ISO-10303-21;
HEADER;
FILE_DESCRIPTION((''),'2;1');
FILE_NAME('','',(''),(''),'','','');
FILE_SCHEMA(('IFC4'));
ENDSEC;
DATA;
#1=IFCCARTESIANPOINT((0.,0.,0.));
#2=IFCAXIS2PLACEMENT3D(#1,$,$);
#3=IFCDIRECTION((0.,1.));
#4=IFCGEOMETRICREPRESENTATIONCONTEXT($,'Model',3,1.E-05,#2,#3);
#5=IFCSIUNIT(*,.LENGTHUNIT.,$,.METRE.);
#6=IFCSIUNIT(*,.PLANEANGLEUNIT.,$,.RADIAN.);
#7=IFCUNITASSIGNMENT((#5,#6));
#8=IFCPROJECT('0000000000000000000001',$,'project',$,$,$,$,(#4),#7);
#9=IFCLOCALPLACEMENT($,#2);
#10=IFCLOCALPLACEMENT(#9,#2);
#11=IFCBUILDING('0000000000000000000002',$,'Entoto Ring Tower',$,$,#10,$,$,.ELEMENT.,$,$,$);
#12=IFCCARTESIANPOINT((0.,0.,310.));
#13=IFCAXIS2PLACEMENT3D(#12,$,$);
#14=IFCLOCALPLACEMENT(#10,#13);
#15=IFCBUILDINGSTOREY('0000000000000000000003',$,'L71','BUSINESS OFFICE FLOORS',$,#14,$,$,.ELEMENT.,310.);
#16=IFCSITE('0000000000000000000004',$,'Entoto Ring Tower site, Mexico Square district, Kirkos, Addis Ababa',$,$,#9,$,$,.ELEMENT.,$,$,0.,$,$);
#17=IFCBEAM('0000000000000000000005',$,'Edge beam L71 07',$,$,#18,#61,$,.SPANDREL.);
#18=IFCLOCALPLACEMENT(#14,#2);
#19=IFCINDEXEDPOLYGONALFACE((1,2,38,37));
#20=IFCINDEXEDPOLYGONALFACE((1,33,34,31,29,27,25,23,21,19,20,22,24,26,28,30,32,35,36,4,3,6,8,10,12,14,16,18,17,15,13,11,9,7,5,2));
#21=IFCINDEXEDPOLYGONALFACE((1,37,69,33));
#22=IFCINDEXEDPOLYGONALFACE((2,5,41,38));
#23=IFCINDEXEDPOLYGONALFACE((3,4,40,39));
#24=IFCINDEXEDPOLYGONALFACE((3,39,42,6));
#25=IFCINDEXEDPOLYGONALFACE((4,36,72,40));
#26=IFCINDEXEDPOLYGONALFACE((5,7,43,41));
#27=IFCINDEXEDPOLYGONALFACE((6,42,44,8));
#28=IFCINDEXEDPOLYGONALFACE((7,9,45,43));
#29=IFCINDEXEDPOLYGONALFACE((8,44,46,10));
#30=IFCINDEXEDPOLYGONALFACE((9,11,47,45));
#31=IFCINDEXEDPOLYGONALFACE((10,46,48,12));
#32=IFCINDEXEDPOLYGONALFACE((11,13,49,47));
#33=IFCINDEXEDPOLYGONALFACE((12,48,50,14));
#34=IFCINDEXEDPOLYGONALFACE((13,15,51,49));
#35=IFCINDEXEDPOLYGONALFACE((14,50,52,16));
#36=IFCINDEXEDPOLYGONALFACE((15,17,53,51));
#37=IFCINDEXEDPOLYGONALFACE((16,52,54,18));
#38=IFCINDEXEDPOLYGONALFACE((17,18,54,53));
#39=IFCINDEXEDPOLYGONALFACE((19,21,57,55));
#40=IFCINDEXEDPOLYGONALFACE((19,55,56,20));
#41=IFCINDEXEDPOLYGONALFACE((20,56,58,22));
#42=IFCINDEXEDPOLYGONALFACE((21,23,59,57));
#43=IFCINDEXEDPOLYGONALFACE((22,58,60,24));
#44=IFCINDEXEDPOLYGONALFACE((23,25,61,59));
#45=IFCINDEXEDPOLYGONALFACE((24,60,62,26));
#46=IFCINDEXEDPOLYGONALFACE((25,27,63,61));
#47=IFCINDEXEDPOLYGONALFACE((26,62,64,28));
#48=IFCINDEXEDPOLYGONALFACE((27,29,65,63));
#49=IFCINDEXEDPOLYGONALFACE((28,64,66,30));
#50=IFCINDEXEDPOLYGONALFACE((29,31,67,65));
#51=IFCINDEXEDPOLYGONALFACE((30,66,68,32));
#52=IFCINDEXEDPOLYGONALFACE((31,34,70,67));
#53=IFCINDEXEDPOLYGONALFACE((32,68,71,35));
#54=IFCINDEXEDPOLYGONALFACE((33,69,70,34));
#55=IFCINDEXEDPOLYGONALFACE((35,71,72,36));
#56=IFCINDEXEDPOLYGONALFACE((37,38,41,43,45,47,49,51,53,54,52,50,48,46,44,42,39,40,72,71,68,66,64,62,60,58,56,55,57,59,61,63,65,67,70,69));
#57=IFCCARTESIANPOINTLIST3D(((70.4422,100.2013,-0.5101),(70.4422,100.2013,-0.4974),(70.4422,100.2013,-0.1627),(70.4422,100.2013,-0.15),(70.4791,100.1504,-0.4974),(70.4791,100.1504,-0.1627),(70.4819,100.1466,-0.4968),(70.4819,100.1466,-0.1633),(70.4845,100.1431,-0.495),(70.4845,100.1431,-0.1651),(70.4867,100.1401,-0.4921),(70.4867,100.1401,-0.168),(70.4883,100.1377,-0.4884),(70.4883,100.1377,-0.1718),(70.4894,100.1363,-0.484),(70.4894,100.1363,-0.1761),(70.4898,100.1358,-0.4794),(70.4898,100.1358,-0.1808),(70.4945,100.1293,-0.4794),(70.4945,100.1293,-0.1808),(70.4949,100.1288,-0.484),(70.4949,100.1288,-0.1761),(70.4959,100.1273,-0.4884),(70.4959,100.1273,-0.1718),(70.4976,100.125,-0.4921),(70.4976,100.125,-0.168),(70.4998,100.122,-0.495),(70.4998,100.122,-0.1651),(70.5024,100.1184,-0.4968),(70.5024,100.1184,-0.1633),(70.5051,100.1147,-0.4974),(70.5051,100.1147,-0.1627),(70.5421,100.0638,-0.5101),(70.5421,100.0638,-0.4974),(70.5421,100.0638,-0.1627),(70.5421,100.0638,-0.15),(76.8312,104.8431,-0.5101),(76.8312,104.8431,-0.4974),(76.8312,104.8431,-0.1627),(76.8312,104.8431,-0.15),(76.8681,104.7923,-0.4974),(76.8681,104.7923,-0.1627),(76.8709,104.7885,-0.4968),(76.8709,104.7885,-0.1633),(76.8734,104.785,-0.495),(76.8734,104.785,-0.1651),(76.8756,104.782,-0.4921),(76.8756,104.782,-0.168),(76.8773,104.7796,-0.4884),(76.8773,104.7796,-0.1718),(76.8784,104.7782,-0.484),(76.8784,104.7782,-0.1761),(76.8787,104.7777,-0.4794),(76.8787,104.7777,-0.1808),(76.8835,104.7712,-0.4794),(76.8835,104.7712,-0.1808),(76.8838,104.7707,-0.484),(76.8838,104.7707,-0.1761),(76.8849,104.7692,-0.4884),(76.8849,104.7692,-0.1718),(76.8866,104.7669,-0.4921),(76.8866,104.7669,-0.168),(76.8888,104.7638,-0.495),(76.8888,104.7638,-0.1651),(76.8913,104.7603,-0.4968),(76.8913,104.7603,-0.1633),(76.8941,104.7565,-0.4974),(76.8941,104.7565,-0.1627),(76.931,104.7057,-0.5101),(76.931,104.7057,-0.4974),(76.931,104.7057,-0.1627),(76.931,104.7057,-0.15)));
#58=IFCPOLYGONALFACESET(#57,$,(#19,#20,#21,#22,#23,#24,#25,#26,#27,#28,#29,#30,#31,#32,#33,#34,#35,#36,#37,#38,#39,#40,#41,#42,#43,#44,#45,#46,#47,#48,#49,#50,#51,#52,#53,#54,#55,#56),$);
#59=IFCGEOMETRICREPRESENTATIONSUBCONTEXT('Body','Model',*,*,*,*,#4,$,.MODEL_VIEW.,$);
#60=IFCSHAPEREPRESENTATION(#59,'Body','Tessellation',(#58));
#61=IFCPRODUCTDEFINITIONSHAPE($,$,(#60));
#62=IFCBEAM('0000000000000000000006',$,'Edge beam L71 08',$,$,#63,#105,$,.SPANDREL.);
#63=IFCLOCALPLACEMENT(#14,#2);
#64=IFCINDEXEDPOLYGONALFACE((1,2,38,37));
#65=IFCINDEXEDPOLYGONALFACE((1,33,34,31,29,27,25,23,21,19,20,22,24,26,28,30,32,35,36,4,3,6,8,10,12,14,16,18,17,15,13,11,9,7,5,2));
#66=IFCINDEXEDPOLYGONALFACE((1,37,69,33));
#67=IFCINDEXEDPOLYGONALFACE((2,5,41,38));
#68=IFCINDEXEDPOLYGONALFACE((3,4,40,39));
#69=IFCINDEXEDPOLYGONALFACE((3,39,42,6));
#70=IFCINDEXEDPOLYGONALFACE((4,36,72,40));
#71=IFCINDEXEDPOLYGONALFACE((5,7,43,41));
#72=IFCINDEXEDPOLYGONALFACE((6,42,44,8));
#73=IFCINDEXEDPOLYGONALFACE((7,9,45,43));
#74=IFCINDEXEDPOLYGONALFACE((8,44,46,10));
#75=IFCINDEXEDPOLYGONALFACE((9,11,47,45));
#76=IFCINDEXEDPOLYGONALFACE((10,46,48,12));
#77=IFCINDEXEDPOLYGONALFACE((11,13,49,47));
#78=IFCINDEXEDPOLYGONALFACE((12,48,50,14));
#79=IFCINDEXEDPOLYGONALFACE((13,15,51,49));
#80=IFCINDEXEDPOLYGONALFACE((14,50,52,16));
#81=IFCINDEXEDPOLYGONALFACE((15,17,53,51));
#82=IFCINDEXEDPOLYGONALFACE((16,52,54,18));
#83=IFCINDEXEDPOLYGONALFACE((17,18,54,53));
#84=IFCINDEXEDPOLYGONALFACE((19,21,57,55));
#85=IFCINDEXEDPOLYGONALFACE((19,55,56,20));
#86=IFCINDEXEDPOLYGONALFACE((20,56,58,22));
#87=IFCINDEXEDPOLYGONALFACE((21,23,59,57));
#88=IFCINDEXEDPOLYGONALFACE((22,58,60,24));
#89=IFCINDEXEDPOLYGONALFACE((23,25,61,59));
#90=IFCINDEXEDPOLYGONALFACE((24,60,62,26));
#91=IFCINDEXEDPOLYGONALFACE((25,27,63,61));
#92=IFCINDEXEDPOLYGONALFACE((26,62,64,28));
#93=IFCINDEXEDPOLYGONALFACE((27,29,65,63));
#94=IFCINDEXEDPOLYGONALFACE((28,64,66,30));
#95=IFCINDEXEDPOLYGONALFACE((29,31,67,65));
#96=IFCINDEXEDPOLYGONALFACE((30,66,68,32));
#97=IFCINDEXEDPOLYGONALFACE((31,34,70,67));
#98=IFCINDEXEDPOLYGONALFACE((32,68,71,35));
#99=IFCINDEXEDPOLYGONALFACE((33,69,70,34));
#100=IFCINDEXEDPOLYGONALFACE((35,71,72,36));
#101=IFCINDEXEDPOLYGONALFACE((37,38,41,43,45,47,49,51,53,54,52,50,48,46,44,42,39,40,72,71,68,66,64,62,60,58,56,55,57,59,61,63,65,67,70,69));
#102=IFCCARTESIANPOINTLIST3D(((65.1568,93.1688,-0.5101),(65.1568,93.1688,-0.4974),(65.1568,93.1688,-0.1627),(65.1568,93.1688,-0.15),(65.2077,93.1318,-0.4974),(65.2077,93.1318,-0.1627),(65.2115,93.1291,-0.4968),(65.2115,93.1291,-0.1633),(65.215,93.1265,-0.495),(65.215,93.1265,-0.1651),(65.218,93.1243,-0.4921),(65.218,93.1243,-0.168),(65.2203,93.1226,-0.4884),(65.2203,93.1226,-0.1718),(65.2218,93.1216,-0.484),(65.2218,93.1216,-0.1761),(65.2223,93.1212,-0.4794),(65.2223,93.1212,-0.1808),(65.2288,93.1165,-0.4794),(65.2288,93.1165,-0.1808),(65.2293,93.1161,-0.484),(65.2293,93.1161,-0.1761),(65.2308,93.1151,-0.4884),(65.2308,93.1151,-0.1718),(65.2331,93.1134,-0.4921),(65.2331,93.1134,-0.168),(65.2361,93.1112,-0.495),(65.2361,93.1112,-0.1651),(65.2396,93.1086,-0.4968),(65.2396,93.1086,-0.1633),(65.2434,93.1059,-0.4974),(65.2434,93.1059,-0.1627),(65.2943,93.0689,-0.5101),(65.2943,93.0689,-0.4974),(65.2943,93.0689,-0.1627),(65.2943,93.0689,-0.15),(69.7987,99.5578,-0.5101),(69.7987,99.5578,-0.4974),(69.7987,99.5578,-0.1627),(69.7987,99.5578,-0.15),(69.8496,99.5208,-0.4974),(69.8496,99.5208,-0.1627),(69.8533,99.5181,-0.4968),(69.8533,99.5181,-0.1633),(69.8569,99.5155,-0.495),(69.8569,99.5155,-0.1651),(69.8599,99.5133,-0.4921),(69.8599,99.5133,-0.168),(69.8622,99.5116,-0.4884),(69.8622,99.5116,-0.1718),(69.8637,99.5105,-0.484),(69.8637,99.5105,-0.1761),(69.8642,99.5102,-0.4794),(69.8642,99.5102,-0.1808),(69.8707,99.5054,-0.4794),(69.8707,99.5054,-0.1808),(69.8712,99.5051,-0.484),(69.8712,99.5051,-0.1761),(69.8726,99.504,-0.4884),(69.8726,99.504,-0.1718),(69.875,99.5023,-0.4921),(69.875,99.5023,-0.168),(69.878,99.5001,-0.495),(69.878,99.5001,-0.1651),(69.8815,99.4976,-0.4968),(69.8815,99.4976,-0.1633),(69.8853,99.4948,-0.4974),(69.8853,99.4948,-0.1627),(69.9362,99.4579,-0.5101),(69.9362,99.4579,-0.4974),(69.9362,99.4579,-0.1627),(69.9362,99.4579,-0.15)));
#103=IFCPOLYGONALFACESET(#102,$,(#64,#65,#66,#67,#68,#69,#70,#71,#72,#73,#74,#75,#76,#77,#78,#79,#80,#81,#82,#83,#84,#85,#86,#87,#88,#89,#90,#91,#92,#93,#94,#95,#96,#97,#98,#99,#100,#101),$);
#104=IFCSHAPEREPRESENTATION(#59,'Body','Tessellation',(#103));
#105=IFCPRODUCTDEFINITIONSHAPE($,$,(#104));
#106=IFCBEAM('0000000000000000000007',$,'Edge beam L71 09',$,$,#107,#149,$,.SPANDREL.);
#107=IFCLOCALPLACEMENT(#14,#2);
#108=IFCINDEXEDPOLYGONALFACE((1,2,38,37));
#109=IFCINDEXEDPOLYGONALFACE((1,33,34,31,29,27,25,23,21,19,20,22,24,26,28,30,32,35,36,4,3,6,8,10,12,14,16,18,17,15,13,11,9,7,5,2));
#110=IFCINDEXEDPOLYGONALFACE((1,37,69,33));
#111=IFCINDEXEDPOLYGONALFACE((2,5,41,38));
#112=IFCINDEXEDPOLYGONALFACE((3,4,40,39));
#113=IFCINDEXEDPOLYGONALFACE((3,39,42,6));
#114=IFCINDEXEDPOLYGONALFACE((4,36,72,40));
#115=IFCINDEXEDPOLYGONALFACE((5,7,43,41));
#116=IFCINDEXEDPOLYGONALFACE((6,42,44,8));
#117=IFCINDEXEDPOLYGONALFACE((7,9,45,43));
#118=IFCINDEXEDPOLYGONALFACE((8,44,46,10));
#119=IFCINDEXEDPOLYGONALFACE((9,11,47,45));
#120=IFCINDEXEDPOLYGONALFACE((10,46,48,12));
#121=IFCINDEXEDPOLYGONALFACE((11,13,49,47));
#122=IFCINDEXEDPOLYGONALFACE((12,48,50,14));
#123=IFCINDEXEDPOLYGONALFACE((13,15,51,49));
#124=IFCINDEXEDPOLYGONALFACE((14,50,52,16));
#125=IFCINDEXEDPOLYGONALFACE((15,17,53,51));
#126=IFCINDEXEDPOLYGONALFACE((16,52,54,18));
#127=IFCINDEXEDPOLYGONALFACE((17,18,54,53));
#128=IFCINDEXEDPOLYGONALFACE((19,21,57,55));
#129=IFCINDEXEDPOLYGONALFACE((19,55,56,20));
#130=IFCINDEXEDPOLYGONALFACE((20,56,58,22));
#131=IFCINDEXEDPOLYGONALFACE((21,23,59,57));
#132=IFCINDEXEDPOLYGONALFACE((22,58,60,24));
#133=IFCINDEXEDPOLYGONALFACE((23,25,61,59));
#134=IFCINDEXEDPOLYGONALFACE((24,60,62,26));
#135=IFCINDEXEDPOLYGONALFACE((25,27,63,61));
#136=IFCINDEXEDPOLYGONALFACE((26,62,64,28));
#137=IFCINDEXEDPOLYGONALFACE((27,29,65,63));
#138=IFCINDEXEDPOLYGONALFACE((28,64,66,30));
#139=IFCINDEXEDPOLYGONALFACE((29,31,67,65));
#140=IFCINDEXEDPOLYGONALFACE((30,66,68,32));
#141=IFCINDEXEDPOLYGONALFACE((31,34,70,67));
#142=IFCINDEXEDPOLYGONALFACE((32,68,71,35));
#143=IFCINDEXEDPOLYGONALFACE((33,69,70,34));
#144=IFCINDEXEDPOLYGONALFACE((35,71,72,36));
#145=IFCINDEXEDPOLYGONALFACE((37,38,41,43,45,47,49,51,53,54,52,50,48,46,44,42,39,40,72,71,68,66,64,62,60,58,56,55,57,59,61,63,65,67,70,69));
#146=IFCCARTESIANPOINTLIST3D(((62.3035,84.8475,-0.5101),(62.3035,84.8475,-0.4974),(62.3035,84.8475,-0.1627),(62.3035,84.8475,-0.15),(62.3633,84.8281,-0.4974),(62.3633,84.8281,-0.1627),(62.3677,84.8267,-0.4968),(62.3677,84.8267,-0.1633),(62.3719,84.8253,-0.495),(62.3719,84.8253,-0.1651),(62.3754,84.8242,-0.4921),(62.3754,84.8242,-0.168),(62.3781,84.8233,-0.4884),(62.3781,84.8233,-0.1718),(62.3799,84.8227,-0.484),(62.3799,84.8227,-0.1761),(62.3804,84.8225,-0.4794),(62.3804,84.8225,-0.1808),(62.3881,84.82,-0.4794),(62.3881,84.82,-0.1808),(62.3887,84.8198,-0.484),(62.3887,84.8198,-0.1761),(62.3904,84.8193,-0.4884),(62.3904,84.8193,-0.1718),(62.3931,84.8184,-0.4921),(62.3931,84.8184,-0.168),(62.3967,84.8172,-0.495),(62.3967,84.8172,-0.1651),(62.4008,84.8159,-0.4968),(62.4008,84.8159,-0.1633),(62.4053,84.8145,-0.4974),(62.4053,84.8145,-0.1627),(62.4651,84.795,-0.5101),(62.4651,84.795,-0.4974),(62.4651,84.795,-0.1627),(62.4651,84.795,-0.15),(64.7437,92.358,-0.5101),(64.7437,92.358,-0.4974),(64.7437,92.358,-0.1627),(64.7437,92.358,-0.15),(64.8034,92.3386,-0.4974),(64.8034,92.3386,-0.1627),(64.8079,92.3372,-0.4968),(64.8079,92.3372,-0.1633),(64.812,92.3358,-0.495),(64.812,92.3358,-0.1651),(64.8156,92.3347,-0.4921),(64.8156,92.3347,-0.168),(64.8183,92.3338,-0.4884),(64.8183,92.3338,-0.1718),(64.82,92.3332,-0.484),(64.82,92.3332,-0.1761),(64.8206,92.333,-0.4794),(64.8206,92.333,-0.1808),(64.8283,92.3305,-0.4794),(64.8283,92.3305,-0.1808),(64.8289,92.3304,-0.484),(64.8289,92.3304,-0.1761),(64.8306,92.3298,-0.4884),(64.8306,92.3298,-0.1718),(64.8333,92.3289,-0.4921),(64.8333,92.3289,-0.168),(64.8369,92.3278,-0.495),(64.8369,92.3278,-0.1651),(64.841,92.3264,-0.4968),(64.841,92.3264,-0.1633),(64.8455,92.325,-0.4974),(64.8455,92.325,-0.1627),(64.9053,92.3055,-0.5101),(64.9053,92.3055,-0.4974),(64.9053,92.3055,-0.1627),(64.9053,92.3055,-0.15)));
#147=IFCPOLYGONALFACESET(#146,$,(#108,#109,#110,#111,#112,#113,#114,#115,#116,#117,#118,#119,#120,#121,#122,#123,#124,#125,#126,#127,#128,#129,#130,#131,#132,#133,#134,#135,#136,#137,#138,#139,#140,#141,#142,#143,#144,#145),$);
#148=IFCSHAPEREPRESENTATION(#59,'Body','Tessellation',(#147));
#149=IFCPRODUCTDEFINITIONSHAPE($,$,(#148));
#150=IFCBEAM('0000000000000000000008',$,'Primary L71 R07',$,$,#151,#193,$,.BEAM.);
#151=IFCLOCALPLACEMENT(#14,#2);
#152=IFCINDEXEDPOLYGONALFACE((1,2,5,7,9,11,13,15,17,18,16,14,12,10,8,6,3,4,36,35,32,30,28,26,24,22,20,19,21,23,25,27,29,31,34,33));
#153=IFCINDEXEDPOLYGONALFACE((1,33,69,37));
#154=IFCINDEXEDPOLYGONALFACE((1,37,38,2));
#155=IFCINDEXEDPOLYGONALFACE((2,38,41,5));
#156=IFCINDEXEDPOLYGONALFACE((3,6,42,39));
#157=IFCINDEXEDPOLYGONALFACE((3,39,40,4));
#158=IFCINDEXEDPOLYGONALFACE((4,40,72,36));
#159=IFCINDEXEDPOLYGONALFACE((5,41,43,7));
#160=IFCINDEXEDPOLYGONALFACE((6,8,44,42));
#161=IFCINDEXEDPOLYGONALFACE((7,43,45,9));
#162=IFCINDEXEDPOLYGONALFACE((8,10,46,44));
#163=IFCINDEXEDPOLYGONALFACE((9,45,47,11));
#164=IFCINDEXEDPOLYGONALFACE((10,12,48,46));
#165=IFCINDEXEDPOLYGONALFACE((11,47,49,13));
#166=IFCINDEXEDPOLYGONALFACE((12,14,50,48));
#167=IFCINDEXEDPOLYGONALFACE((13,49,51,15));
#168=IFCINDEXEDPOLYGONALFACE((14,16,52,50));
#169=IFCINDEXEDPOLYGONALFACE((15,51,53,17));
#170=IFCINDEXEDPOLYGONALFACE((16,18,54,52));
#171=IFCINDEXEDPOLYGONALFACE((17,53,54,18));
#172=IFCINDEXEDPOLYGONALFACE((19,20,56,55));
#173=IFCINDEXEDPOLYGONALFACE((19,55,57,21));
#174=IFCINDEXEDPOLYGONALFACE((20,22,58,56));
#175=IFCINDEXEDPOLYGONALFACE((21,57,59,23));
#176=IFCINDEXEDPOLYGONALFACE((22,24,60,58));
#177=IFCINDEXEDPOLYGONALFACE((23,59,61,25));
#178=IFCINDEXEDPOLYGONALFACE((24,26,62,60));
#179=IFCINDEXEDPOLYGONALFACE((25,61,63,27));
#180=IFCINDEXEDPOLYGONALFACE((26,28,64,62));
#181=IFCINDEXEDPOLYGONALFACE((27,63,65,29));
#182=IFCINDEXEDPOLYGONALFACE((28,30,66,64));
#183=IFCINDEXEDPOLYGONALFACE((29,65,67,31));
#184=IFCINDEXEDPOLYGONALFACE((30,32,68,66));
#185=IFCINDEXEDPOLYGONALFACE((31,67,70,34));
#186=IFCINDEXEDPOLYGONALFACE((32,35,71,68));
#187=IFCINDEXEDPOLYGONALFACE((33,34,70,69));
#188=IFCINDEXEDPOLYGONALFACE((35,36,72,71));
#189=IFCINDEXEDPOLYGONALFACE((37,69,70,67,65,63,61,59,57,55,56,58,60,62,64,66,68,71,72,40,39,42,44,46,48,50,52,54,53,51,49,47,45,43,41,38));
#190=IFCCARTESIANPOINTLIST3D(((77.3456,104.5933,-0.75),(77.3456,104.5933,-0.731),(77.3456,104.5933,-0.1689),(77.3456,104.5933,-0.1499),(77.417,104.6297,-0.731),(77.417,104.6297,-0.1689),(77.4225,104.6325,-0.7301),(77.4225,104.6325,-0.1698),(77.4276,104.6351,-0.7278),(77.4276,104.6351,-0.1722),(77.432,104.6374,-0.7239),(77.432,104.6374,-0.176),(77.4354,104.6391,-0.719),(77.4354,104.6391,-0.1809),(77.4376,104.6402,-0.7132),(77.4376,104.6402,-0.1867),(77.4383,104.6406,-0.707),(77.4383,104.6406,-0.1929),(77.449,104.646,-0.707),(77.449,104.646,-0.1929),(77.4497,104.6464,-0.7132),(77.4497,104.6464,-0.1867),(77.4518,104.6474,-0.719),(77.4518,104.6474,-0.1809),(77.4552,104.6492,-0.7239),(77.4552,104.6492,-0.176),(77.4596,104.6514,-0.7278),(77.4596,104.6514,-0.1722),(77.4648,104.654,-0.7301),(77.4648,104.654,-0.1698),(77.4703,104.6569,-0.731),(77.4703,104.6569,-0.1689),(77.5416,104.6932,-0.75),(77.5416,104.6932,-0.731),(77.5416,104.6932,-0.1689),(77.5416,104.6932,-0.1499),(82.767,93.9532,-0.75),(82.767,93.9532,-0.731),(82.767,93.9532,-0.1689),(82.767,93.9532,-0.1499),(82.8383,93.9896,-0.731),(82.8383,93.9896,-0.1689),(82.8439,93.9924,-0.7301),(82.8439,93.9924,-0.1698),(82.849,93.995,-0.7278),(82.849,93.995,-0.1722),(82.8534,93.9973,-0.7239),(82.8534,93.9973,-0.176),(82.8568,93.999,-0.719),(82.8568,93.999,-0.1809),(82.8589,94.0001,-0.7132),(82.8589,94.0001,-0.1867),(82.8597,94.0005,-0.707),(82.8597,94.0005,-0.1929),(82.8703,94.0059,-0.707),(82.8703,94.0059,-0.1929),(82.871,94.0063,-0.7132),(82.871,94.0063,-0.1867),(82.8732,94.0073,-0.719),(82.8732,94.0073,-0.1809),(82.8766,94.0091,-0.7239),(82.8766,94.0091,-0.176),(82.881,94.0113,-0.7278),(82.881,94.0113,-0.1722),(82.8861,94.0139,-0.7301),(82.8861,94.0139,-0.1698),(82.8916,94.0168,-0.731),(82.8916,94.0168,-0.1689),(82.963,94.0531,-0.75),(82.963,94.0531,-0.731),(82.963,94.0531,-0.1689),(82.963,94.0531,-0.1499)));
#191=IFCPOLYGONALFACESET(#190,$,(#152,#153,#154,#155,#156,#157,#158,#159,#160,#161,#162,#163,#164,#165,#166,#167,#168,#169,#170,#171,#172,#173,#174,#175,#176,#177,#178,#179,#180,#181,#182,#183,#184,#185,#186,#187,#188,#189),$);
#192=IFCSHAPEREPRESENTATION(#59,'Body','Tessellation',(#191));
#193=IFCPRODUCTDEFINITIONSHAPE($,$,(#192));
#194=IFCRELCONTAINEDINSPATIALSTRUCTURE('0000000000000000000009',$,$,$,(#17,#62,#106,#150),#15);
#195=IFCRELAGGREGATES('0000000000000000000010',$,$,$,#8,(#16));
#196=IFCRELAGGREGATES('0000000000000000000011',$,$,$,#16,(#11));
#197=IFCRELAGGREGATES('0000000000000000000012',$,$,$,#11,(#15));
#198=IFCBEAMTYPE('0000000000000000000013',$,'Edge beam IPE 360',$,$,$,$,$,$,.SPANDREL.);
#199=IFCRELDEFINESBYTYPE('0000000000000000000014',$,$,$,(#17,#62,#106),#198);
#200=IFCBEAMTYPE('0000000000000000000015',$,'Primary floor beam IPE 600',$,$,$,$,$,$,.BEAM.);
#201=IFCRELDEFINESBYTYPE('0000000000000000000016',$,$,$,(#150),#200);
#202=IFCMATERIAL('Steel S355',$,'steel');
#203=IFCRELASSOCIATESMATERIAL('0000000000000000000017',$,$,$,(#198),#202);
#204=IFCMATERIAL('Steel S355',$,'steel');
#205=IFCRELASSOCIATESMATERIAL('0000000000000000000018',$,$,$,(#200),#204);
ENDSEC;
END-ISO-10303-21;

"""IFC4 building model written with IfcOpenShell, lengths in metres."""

from ifc_helpers import new_model, si_unit, direction, frame, origin, origin_2d, place, context, subcontext, project, spatial, i_section, extrude, material, material_profile, profile_set, type_object, element, save


model = new_model("IFC4")

# Units and contexts
model_context = context("Model", 3, precision=1e-05, world=origin(), true_north=direction((0.0, 1.0)))
body_context = subcontext(model_context, "Body", "Model", "MODEL_VIEW")
ifc_project = project(units=[si_unit("LENGTHUNIT", "METRE"), si_unit("PLANEANGLEUNIT", "RADIAN")], contexts=[model_context])

# Site, building, storey
site_placement = place(None, origin())
site = spatial("IfcSite", under=ifc_project, at=site_placement, Name="Entoto Ring Tower site, Mexico Square district, Kirkos, Addis Ababa", CompositionType="ELEMENT", RefElevation=0.0)
building_placement = place(site_placement, origin())
building = spatial("IfcBuilding", under=site, at=building_placement, Name="Entoto Ring Tower", CompositionType="ELEMENT")
storey_placement = place(building_placement, frame((0.0, 0.0, 310.0)))
storey = spatial("IfcBuildingStorey", under=building, at=storey_placement, Name="L71", Description="BUSINESS OFFICE FLOORS", CompositionType="ELEMENT", Elevation=310.0)

# Beams
ifc_material_1 = material(Name="Steel S355", Category="steel")
ifc_material_profile_1 = material_profile(ifc_material_1, i_section(OverallWidth=0.1699, OverallDepth=0.3601, WebThickness=0.0081, FlangeThickness=0.0127, FilletRadius=0.0181, at=origin_2d()), Name="IPE 360")
ifc_profile_set_1 = profile_set([ifc_material_profile_1], Name="Steel S355")
beam_type_1 = type_object("IfcBeamType", Name="Edge beam IPE 360", PredefinedType="SPANDREL", material=ifc_profile_set_1)
for number, where, z_axis, x_axis, name in (
    (1, (76.8811, 104.7744, -0.3301), (-0.809015, -0.587787, 0.0), (0.587787, -0.809015, 0.0), "Edge beam L71 07"),
    (2, (69.8674, 99.5078, -0.3301), (-0.587787, -0.809015, 0.0), (0.809015, -0.587787, 0.0), "Edge beam L71 08"),
):
    element("IfcBeam", number, at=place(storey_placement, frame(where, z_axis=z_axis, x_axis=x_axis)), inside=storey, type_object=beam_type_1, Name=name, PredefinedType="SPANDREL", context=body_context, shape_type="SweptSolid", body=[
        extrude(i_section(OverallWidth=0.1699, OverallDepth=0.3601, WebThickness=0.0081, FlangeThickness=0.0127, FilletRadius=0.0181, at=origin_2d()), origin(), (0.0, 0.0, 1.0), 7.8972),
    ])
beam_1_placement = place(storey_placement, frame((64.8245, 92.3318, -0.3301), z_axis=(-0.309003, -0.951061, 0.0), x_axis=(0.951061, -0.309003, 0.0)))
element("IfcBeam", 3, at=beam_1_placement, inside=storey, type_object=beam_type_1, Name="Edge beam L71 09", PredefinedType="SPANDREL", context=body_context, shape_type="SweptSolid", body=[
    extrude(i_section(OverallWidth=0.1699, OverallDepth=0.3601, WebThickness=0.0081, FlangeThickness=0.0127, FilletRadius=0.0181, at=origin_2d()), origin(), (0.0, 0.0, 1.0), 7.897),
])
ifc_material_2 = material(Name="Steel S355", Category="steel")
ifc_material_profile_2 = material_profile(ifc_material_2, i_section(OverallWidth=0.22, OverallDepth=0.6001, WebThickness=0.012, FlangeThickness=0.019, FilletRadius=0.0239, at=origin_2d()), Name="IPE 600")
ifc_profile_set_2 = profile_set([ifc_material_profile_2], Name="Steel S355")
beam_type_2 = type_object("IfcBeamType", Name="Primary floor beam IPE 600", PredefinedType="BEAM", material=ifc_profile_set_2)
beam_2_placement = place(storey_placement, frame((82.865, 94.0032, -0.45), z_axis=(-0.453988, 0.891008, 0.0), x_axis=(-0.891008, -0.453988, 0.0)))
element("IfcBeam", 4, at=beam_2_placement, inside=storey, type_object=beam_type_2, Name="Primary L71 R07", PredefinedType="BEAM", context=body_context, shape_type="SweptSolid", body=[
    extrude(i_section(OverallWidth=0.22, OverallDepth=0.6001, WebThickness=0.012, FlangeThickness=0.019, FilletRadius=0.0239, at=origin_2d()), origin(), (0.0, 0.0, 1.0), 11.9417),
])

save(model, "model.ifc")
